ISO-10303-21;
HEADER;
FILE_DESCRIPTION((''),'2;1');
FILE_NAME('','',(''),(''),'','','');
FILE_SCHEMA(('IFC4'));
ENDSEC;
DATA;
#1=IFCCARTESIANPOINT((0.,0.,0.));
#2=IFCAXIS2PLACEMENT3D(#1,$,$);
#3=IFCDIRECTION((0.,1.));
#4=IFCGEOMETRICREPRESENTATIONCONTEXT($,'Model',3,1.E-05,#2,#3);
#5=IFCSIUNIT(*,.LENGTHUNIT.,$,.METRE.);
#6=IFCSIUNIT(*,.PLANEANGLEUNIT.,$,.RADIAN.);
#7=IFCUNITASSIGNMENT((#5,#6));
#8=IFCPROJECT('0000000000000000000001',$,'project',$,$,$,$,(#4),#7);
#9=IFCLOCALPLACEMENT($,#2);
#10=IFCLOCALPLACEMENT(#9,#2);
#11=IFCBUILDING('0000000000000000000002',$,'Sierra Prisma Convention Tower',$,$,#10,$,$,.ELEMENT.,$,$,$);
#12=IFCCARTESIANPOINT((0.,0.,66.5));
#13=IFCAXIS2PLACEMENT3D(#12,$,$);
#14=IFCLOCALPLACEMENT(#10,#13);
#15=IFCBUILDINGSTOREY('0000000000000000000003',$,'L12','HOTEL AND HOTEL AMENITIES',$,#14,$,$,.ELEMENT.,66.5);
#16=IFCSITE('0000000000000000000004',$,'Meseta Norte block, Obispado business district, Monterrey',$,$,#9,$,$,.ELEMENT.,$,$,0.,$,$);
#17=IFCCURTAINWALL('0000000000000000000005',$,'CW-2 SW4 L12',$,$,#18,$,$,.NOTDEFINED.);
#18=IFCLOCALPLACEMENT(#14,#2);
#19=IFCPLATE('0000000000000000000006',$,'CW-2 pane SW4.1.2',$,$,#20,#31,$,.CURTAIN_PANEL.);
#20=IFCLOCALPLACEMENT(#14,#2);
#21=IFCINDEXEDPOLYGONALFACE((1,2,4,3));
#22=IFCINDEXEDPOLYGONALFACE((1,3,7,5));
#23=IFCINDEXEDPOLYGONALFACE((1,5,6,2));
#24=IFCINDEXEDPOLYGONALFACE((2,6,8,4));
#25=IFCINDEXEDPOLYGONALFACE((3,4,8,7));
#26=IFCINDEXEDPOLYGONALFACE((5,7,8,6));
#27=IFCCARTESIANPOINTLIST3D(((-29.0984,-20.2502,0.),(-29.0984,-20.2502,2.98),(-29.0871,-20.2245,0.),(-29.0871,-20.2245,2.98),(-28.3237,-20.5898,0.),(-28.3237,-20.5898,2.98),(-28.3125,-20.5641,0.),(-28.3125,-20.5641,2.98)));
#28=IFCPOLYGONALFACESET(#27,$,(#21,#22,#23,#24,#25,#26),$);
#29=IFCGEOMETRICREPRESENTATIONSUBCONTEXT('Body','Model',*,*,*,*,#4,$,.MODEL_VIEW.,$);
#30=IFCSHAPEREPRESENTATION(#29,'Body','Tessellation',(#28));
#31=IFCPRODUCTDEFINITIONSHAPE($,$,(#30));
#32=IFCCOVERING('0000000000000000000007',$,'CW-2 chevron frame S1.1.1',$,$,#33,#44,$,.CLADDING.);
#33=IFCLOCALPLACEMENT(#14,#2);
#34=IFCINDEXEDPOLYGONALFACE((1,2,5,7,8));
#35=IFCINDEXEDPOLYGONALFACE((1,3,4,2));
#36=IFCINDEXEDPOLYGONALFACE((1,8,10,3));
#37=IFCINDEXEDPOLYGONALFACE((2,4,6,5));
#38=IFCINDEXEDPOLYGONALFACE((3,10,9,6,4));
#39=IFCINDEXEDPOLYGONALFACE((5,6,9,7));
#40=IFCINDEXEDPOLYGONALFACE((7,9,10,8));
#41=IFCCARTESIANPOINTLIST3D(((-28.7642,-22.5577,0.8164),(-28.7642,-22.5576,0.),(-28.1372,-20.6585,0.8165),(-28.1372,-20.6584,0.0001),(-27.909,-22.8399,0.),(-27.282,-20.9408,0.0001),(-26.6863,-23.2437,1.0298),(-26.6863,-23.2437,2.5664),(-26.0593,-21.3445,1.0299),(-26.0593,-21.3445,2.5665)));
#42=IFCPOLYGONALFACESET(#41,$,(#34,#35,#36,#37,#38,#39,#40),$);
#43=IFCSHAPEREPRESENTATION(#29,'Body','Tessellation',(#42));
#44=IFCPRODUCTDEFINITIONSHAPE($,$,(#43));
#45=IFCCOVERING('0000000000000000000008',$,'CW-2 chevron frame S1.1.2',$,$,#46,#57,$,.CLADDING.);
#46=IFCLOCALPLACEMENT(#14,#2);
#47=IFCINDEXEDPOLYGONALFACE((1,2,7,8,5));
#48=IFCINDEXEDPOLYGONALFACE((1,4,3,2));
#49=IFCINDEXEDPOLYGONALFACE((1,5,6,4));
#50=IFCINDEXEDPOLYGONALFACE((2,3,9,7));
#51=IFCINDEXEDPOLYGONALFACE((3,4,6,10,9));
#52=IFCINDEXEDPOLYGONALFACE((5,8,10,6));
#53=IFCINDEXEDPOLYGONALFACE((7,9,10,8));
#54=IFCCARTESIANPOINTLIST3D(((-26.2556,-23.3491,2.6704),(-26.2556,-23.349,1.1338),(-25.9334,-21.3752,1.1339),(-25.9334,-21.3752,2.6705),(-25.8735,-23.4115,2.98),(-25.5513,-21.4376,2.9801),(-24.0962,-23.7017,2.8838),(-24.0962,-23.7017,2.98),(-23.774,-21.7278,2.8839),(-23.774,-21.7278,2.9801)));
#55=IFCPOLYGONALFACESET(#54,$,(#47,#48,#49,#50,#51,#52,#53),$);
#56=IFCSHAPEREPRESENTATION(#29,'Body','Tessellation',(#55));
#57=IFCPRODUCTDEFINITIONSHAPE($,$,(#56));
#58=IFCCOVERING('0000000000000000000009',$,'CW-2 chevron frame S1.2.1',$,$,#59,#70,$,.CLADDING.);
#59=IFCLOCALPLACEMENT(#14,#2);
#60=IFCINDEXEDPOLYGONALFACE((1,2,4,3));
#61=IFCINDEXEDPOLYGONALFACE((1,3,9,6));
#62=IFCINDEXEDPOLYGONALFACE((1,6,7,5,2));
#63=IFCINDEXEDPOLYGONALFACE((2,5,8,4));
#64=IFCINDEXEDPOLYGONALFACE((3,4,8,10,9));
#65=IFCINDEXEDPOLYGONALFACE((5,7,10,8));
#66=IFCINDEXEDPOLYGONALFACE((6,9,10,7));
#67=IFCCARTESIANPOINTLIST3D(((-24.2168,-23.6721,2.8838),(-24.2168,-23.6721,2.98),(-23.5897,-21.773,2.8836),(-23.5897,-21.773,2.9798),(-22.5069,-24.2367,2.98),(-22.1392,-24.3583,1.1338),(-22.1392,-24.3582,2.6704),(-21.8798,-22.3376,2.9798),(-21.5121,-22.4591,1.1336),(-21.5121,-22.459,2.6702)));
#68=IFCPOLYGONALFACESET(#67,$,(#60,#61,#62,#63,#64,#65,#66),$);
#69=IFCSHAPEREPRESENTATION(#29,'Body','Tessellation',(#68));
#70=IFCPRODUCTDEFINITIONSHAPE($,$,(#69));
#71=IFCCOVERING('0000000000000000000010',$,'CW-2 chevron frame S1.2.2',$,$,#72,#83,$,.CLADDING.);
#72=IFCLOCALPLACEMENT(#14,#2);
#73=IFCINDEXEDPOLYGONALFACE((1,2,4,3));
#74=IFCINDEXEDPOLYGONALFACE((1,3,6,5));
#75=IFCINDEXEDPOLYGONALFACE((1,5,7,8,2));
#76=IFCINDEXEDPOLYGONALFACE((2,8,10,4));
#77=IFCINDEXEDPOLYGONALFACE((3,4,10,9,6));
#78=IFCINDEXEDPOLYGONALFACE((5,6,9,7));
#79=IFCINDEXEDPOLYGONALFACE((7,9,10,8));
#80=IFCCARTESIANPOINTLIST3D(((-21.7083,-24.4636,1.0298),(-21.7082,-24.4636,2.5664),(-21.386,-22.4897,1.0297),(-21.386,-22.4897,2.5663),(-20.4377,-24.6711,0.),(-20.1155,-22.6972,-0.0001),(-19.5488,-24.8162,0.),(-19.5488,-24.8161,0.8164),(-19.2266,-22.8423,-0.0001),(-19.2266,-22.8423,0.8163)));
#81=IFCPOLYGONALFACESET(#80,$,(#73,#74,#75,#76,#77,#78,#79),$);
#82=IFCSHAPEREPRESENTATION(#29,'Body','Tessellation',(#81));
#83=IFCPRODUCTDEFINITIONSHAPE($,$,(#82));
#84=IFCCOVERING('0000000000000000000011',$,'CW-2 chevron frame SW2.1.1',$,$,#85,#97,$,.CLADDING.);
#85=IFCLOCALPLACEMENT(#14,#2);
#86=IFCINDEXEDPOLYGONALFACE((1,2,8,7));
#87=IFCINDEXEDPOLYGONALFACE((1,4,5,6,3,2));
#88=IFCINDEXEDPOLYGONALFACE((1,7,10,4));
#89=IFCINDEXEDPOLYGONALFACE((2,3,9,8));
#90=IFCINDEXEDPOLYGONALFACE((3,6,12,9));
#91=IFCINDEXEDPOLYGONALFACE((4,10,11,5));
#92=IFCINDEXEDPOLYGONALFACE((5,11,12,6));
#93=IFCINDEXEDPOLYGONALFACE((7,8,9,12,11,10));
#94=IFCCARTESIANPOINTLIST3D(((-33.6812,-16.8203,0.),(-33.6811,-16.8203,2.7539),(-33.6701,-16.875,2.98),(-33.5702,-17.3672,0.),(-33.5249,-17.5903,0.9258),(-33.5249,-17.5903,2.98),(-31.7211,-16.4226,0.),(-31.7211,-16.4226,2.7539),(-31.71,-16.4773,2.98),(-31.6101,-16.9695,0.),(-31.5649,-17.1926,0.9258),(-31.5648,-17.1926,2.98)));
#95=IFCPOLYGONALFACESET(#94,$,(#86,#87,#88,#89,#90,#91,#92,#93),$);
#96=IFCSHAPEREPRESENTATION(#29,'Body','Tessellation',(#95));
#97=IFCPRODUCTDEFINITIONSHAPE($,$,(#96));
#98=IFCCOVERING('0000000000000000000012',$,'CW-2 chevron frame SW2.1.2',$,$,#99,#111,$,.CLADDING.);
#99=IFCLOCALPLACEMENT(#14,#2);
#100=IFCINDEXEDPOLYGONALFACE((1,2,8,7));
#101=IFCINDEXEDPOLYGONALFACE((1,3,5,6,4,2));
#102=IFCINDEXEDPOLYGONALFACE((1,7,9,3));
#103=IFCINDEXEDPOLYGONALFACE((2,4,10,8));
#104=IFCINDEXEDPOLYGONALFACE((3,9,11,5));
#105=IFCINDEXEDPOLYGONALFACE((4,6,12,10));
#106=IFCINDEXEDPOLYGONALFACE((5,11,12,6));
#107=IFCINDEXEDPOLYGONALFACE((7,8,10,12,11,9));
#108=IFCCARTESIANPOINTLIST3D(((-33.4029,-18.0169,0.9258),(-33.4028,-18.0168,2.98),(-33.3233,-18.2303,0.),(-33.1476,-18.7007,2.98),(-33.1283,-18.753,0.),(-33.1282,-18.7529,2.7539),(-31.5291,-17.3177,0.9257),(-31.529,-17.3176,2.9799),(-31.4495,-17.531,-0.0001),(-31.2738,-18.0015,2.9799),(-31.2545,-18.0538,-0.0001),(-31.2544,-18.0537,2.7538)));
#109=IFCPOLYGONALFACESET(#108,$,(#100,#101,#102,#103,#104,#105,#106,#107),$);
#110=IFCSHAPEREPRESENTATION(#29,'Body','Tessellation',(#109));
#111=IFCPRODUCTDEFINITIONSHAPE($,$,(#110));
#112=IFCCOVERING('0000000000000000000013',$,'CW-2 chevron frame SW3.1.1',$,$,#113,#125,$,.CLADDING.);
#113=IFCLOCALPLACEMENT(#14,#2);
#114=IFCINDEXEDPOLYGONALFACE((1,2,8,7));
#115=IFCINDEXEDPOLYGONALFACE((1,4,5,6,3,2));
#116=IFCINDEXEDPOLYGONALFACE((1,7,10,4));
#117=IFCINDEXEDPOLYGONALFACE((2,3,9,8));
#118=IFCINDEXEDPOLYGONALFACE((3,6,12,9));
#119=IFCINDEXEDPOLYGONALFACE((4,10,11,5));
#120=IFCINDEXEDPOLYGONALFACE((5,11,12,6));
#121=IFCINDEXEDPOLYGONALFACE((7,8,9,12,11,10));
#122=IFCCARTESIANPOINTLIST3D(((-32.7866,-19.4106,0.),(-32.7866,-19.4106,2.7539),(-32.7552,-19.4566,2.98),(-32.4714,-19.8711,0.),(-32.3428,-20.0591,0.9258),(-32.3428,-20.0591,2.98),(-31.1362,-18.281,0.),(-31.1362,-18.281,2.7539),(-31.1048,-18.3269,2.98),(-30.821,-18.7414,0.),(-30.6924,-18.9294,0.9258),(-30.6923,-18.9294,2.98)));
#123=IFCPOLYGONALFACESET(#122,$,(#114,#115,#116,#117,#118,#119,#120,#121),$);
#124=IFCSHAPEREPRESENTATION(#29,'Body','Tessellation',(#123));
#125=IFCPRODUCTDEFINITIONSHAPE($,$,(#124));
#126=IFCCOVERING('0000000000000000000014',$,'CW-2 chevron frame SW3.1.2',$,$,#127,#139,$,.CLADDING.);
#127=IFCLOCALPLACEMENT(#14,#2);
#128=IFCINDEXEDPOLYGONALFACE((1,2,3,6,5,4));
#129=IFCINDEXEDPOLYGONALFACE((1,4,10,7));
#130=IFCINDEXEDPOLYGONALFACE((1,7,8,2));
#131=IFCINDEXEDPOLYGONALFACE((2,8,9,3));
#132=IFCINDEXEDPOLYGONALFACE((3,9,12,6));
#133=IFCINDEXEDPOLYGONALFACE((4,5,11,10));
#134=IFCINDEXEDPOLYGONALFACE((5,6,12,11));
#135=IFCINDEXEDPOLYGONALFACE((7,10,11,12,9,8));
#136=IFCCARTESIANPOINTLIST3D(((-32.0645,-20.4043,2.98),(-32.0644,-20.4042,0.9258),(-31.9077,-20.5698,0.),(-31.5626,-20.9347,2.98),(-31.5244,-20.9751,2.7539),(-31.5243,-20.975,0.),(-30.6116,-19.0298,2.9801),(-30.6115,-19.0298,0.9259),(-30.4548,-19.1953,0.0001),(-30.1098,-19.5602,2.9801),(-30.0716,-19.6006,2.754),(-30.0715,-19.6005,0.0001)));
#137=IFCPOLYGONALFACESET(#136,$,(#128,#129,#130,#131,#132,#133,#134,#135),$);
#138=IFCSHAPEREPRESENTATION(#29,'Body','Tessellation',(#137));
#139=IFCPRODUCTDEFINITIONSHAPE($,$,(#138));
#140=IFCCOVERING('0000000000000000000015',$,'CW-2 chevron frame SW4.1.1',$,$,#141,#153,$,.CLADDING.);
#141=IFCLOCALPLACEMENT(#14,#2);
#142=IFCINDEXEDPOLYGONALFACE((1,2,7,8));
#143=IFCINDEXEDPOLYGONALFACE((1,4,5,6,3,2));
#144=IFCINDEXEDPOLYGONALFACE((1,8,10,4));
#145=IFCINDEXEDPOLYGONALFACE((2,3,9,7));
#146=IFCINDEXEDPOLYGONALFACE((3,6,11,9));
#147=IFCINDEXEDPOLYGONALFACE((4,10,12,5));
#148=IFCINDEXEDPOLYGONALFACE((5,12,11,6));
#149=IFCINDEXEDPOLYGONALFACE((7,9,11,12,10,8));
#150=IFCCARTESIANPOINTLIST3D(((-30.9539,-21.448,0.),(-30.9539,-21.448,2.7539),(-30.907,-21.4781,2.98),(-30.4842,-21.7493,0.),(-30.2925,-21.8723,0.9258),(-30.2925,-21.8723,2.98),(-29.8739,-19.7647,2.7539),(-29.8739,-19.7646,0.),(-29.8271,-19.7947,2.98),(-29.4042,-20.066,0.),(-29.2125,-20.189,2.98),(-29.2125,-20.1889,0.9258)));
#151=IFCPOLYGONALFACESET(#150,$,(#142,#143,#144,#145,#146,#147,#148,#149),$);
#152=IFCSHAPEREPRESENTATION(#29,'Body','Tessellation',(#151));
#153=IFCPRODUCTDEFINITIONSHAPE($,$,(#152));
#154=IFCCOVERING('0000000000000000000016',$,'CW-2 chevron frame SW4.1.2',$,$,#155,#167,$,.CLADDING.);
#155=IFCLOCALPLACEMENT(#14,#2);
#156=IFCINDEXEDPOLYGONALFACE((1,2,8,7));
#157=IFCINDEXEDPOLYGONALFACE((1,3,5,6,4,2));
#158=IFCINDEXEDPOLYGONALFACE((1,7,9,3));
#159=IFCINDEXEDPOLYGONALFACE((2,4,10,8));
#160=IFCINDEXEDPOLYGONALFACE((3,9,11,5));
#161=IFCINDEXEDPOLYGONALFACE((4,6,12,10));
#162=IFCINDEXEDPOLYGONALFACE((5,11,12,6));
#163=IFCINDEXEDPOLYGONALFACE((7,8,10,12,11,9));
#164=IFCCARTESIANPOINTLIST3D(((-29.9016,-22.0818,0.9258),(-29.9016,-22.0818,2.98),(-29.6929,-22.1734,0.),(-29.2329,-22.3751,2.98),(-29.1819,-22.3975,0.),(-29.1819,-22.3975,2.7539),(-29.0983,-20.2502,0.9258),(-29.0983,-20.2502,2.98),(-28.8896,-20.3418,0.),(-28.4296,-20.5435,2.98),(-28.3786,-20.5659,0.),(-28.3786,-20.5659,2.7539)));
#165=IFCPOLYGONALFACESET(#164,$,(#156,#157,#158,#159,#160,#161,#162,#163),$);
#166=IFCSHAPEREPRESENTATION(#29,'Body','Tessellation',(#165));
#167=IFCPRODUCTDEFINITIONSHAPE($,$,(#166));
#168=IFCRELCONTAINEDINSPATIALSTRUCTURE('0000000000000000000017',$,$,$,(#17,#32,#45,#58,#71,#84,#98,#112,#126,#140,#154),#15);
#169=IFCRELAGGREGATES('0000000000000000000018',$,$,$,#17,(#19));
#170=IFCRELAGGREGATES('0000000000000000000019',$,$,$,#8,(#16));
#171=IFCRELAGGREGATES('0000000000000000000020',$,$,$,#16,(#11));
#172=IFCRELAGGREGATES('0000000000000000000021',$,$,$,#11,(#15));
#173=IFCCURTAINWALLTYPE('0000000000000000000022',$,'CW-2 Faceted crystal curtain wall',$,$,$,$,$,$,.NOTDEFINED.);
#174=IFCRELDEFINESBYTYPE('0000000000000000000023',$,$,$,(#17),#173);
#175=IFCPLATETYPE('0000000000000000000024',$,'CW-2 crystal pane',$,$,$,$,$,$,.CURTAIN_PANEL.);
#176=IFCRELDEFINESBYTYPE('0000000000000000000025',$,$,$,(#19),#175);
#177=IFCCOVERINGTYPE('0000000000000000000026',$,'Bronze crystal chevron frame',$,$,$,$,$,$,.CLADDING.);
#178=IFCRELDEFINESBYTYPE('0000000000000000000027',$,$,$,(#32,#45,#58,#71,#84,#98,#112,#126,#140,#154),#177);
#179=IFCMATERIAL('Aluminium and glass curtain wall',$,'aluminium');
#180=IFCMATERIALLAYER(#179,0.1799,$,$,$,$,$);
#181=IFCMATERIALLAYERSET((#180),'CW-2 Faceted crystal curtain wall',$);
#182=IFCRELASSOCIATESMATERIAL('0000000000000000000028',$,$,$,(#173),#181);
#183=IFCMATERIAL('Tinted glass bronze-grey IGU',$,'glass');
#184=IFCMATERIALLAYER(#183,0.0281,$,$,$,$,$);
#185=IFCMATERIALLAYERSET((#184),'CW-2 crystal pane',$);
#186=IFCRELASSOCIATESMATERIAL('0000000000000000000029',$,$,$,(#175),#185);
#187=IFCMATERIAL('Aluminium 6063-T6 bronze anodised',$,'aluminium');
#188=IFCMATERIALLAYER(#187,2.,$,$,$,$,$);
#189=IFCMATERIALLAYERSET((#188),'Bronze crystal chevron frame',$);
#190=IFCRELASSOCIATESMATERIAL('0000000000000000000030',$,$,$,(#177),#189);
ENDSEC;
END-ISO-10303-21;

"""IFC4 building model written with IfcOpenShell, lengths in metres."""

from ifc_helpers import new_model, si_unit, direction, frame, origin, place, context, subcontext, project, spatial, polyline, outline, extrude, material, layer, layer_set, type_object, element, aggregate, save


model = new_model("IFC4")

# Units and contexts
model_context = context("Model", 3, precision=1e-05, world=origin(), true_north=direction((0.0, 1.0)))
body_context = subcontext(model_context, "Body", "Model", "MODEL_VIEW")
ifc_project = project(units=[si_unit("LENGTHUNIT", "METRE"), si_unit("PLANEANGLEUNIT", "RADIAN")], contexts=[model_context])

# Site, building, storey
site_placement = place(None, origin())
site = spatial("IfcSite", under=ifc_project, at=site_placement, Name="Meseta Norte block, Obispado business district, Monterrey", CompositionType="ELEMENT", RefElevation=0.0)
building_placement = place(site_placement, origin())
building = spatial("IfcBuilding", under=site, at=building_placement, Name="Sierra Prisma Convention Tower", CompositionType="ELEMENT")
storey_placement = place(building_placement, frame((0.0, 0.0, 66.5)))
storey = spatial("IfcBuildingStorey", under=building, at=storey_placement, Name="L12", Description="HOTEL AND HOTEL AMENITIES", CompositionType="ELEMENT", Elevation=66.5)

# Shared definitions
ifc_material_1 = material(Name="Aluminium and glass curtain wall", Category="aluminium")
ifc_layer_1 = layer(ifc_material_1, 0.1799)
ifc_layer_set_1 = layer_set([ifc_layer_1], Name="CW-2 Faceted crystal curtain wall")
curtain_wall_type = type_object("IfcCurtainWallType", Name="CW-2 Faceted crystal curtain wall", PredefinedType="NOTDEFINED", material=ifc_layer_set_1)

# Curtain wall
curtain_wall_1_placement = place(storey_placement, origin())
curtain_wall_1 = element("IfcCurtainWall", 1, at=curtain_wall_1_placement, inside=storey, type_object=curtain_wall_type, Name="CW-2 SW4 L12", PredefinedType="NOTDEFINED")

# Plate
ifc_material_2 = material(Name="Tinted glass bronze-grey IGU", Category="glass")
ifc_layer_2 = layer(ifc_material_2, 0.0281)
ifc_layer_set_2 = layer_set([ifc_layer_2], Name="CW-2 crystal pane")
plate_type = type_object("IfcPlateType", Name="CW-2 crystal pane", PredefinedType="CURTAIN_PANEL", material=ifc_layer_set_2)
plate_1_placement = place(storey_placement, frame((-28.3237, -20.5898, 0.0), z_axis=(-0.4015, -0.915859, 0.0), x_axis=(-0.915859, 0.4015, 0.0)))
plate_1 = element("IfcPlate", 2, at=plate_1_placement, type_object=plate_type, Name="CW-2 pane SW4.1.2", PredefinedType="CURTAIN_PANEL", context=body_context, shape_type="SweptSolid", body=[
    extrude(outline(polyline([(0.0, 0.0), (0.8458, 0.0), (0.8458, -2.98), (0.0, -2.98), (0.0, 0.0)])), origin(), (0.0, 0.0, -1.0), 0.0281),
])
aggregate(curtain_wall_1, [plate_1])

# Coverings
ifc_material_3 = material(Name="Aluminium 6063-T6 bronze anodised", Category="aluminium")
ifc_layer_3 = layer(ifc_material_3, 2.0)
ifc_layer_set_3 = layer_set([ifc_layer_3], Name="Bronze crystal chevron frame")
covering_type = type_object("IfcCoveringType", Name="Bronze crystal chevron frame", PredefinedType="CLADDING", material=ifc_layer_set_3)
covering_1_placement = place(storey_placement, frame((-28.7642, -22.5576, 0.0), z_axis=(-0.313495, -0.94959, -0.000046), x_axis=(0.94959, -0.313495, 0.0)))
element("IfcCovering", 3, at=covering_1_placement, inside=storey, type_object=covering_type, Name="CW-2 chevron frame S1.1.1", PredefinedType="CLADDING", context=body_context, shape_type="SweptSolid", body=[
    extrude(outline(polyline([(0.0, 0.0), (0.9006, 0.0), (2.1882, 1.0298), (2.1882, 2.5664), (0.0, 0.8164), (0.0, 0.0)])), origin(), (0.0, 0.0, -1.0), 2.0),
])
covering_2_placement = place(storey_placement, frame((-26.2556, -23.3491, 2.6704), z_axis=(-0.161114, -0.986936, -0.000064), x_axis=(0.00001, 0.000064, -1.0)))
element("IfcCovering", 4, at=covering_2_placement, inside=storey, type_object=covering_type, Name="CW-2 chevron frame S1.1.2", PredefinedType="CLADDING", context=body_context, shape_type="SweptSolid", body=[
    extrude(outline(polyline([(0.0, 0.0), (1.5366, 0.0), (-0.2134, 2.188), (-0.3096, 2.188), (-0.3096, 0.3872), (0.0, 0.0)])), origin(), (0.0, 0.0, -1.0), 2.0),
])
covering_3_placement = place(storey_placement, frame((-24.2168, -23.6721, 2.98), z_axis=(-0.313537, -0.949576, 0.000088), x_axis=(-0.000028, -0.000084, -1.0)))
element("IfcCovering", 5, at=covering_3_placement, inside=storey, type_object=covering_type, Name="CW-2 chevron frame S1.2.1", PredefinedType="CLADDING", context=body_context, shape_type="SweptSolid", body=[
    extrude(outline(polyline([(0.0, 0.0), (0.0962, 0.0), (1.8462, 2.188), (0.3096, 2.188), (0.0, 1.8007), (0.0, 0.0)])), origin(), (0.0, 0.0, -1.0), 2.0),
])
covering_4_placement = place(storey_placement, frame((-19.5488, -24.8162, 0.0), z_axis=(-0.161106, -0.986937, 0.000036), x_axis=(0.000006, 0.000036, 1.0)))
element("IfcCovering", 6, at=covering_4_placement, inside=storey, type_object=covering_type, Name="CW-2 chevron frame S1.2.2", PredefinedType="CLADDING", context=body_context, shape_type="SweptSolid", body=[
    extrude(outline(polyline([(0.0, 0.0), (0.8164, 0.0), (2.5664, 2.188), (1.0298, 2.188), (0.0, 0.9007), (0.0, 0.0)])), origin(), (0.0, 0.0, -1.0), 2.0),
])
covering_5_placement = place(storey_placement, frame((-33.6812, -16.8203, 0.0), z_axis=(-0.980031, -0.198843, 0.000003), x_axis=(0.198843, -0.980031, 0.0)))
element("IfcCovering", 7, at=covering_5_placement, inside=storey, type_object=covering_type, Name="CW-2 chevron frame SW2.1.1", PredefinedType="CLADDING", context=body_context, shape_type="SweptSolid", body=[
    extrude(outline(polyline([(0.0, 0.0), (0.558, 0.0), (0.7857, 0.9258), (0.7857, 2.98), (0.0558, 2.98), (0.0, 2.7539), (0.0, 0.0)])), origin(), (0.0, 0.0, -1.0), 2.0),
])
covering_6_placement = place(storey_placement, frame((-33.4028, -18.0168, 2.98), z_axis=(-0.936897, -0.349605, 0.000039), x_axis=(-0.000037, -0.000014, -1.0)))
element("IfcCovering", 8, at=covering_6_placement, inside=storey, type_object=covering_type, Name="CW-2 chevron frame SW2.1.2", PredefinedType="CLADDING", context=body_context, shape_type="SweptSolid", body=[
    extrude(outline(polyline([(0.0, 0.0), (2.0542, 0.0), (2.98, 0.2277), (2.98, 0.7857), (0.2261, 0.7857), (0.0, 0.73), (0.0, 0.0)])), origin(), (0.0, 0.0, -1.0), 2.0),
])
covering_7_placement = place(storey_placement, frame((-32.7866, -19.4106, 0.0), z_axis=(-0.825201, -0.564839, 0.000009), x_axis=(0.564839, -0.825201, 0.0)))
element("IfcCovering", 9, at=covering_7_placement, inside=storey, type_object=covering_type, Name="CW-2 chevron frame SW3.1.1", PredefinedType="CLADDING", context=body_context, shape_type="SweptSolid", body=[
    extrude(outline(polyline([(0.0, 0.0), (0.558, 0.0), (0.7858, 0.9258), (0.7858, 2.98), (0.0557, 2.98), (0.0, 2.7539), (0.0, 0.0)])), origin(), (0.0, 0.0, -1.0), 2.0),
])
covering_8_placement = place(storey_placement, frame((-32.0645, -20.4043, 2.98), z_axis=(-0.726429, -0.687242, -0.000045), x_axis=(0.000032, 0.000031, -1.0)))
element("IfcCovering", 10, at=covering_8_placement, inside=storey, type_object=covering_type, Name="CW-2 chevron frame SW3.1.2", PredefinedType="CLADDING", context=body_context, shape_type="SweptSolid", body=[
    extrude(outline(polyline([(0.0, 0.0), (2.0542, 0.0), (2.98, 0.228), (2.98, 0.7858), (0.2261, 0.7858), (0.0, 0.7302), (0.0, 0.0)])), origin(), (0.0, 0.0, -1.0), 2.0),
])
covering_9_placement = place(storey_placement, frame((-30.9539, -21.448, 0.0), z_axis=(-0.539976, -0.84168, -0.000007), x_axis=(0.84168, -0.539976, 0.0)))
element("IfcCovering", 11, at=covering_9_placement, inside=storey, type_object=covering_type, Name="CW-2 chevron frame SW4.1.1", PredefinedType="CLADDING", context=body_context, shape_type="SweptSolid", body=[
    extrude(outline(polyline([(0.0, 0.0), (0.558, 0.0), (0.7858, 0.9258), (0.7858, 2.98), (0.0557, 2.98), (0.0, 2.7539), (0.0, 0.0)])), origin(), (0.0, 0.0, -1.0), 2.0),
])
covering_10_placement = place(storey_placement, frame((-29.9016, -22.0818, 2.98), z_axis=(-0.401663, -0.915788, 0.000013), x_axis=(-0.000005, -0.000012, -1.0)))
element("IfcCovering", 12, at=covering_10_placement, inside=storey, type_object=covering_type, Name="CW-2 chevron frame SW4.1.2", PredefinedType="CLADDING", context=body_context, shape_type="SweptSolid", body=[
    extrude(outline(polyline([(0.0, 0.0), (2.0542, 0.0), (2.98, 0.2279), (2.98, 0.7859), (0.2261, 0.7859), (0.0, 0.7302), (0.0, 0.0)])), origin(), (0.0, 0.0, -1.0), 2.0),
])

save(model, "model.ifc")
